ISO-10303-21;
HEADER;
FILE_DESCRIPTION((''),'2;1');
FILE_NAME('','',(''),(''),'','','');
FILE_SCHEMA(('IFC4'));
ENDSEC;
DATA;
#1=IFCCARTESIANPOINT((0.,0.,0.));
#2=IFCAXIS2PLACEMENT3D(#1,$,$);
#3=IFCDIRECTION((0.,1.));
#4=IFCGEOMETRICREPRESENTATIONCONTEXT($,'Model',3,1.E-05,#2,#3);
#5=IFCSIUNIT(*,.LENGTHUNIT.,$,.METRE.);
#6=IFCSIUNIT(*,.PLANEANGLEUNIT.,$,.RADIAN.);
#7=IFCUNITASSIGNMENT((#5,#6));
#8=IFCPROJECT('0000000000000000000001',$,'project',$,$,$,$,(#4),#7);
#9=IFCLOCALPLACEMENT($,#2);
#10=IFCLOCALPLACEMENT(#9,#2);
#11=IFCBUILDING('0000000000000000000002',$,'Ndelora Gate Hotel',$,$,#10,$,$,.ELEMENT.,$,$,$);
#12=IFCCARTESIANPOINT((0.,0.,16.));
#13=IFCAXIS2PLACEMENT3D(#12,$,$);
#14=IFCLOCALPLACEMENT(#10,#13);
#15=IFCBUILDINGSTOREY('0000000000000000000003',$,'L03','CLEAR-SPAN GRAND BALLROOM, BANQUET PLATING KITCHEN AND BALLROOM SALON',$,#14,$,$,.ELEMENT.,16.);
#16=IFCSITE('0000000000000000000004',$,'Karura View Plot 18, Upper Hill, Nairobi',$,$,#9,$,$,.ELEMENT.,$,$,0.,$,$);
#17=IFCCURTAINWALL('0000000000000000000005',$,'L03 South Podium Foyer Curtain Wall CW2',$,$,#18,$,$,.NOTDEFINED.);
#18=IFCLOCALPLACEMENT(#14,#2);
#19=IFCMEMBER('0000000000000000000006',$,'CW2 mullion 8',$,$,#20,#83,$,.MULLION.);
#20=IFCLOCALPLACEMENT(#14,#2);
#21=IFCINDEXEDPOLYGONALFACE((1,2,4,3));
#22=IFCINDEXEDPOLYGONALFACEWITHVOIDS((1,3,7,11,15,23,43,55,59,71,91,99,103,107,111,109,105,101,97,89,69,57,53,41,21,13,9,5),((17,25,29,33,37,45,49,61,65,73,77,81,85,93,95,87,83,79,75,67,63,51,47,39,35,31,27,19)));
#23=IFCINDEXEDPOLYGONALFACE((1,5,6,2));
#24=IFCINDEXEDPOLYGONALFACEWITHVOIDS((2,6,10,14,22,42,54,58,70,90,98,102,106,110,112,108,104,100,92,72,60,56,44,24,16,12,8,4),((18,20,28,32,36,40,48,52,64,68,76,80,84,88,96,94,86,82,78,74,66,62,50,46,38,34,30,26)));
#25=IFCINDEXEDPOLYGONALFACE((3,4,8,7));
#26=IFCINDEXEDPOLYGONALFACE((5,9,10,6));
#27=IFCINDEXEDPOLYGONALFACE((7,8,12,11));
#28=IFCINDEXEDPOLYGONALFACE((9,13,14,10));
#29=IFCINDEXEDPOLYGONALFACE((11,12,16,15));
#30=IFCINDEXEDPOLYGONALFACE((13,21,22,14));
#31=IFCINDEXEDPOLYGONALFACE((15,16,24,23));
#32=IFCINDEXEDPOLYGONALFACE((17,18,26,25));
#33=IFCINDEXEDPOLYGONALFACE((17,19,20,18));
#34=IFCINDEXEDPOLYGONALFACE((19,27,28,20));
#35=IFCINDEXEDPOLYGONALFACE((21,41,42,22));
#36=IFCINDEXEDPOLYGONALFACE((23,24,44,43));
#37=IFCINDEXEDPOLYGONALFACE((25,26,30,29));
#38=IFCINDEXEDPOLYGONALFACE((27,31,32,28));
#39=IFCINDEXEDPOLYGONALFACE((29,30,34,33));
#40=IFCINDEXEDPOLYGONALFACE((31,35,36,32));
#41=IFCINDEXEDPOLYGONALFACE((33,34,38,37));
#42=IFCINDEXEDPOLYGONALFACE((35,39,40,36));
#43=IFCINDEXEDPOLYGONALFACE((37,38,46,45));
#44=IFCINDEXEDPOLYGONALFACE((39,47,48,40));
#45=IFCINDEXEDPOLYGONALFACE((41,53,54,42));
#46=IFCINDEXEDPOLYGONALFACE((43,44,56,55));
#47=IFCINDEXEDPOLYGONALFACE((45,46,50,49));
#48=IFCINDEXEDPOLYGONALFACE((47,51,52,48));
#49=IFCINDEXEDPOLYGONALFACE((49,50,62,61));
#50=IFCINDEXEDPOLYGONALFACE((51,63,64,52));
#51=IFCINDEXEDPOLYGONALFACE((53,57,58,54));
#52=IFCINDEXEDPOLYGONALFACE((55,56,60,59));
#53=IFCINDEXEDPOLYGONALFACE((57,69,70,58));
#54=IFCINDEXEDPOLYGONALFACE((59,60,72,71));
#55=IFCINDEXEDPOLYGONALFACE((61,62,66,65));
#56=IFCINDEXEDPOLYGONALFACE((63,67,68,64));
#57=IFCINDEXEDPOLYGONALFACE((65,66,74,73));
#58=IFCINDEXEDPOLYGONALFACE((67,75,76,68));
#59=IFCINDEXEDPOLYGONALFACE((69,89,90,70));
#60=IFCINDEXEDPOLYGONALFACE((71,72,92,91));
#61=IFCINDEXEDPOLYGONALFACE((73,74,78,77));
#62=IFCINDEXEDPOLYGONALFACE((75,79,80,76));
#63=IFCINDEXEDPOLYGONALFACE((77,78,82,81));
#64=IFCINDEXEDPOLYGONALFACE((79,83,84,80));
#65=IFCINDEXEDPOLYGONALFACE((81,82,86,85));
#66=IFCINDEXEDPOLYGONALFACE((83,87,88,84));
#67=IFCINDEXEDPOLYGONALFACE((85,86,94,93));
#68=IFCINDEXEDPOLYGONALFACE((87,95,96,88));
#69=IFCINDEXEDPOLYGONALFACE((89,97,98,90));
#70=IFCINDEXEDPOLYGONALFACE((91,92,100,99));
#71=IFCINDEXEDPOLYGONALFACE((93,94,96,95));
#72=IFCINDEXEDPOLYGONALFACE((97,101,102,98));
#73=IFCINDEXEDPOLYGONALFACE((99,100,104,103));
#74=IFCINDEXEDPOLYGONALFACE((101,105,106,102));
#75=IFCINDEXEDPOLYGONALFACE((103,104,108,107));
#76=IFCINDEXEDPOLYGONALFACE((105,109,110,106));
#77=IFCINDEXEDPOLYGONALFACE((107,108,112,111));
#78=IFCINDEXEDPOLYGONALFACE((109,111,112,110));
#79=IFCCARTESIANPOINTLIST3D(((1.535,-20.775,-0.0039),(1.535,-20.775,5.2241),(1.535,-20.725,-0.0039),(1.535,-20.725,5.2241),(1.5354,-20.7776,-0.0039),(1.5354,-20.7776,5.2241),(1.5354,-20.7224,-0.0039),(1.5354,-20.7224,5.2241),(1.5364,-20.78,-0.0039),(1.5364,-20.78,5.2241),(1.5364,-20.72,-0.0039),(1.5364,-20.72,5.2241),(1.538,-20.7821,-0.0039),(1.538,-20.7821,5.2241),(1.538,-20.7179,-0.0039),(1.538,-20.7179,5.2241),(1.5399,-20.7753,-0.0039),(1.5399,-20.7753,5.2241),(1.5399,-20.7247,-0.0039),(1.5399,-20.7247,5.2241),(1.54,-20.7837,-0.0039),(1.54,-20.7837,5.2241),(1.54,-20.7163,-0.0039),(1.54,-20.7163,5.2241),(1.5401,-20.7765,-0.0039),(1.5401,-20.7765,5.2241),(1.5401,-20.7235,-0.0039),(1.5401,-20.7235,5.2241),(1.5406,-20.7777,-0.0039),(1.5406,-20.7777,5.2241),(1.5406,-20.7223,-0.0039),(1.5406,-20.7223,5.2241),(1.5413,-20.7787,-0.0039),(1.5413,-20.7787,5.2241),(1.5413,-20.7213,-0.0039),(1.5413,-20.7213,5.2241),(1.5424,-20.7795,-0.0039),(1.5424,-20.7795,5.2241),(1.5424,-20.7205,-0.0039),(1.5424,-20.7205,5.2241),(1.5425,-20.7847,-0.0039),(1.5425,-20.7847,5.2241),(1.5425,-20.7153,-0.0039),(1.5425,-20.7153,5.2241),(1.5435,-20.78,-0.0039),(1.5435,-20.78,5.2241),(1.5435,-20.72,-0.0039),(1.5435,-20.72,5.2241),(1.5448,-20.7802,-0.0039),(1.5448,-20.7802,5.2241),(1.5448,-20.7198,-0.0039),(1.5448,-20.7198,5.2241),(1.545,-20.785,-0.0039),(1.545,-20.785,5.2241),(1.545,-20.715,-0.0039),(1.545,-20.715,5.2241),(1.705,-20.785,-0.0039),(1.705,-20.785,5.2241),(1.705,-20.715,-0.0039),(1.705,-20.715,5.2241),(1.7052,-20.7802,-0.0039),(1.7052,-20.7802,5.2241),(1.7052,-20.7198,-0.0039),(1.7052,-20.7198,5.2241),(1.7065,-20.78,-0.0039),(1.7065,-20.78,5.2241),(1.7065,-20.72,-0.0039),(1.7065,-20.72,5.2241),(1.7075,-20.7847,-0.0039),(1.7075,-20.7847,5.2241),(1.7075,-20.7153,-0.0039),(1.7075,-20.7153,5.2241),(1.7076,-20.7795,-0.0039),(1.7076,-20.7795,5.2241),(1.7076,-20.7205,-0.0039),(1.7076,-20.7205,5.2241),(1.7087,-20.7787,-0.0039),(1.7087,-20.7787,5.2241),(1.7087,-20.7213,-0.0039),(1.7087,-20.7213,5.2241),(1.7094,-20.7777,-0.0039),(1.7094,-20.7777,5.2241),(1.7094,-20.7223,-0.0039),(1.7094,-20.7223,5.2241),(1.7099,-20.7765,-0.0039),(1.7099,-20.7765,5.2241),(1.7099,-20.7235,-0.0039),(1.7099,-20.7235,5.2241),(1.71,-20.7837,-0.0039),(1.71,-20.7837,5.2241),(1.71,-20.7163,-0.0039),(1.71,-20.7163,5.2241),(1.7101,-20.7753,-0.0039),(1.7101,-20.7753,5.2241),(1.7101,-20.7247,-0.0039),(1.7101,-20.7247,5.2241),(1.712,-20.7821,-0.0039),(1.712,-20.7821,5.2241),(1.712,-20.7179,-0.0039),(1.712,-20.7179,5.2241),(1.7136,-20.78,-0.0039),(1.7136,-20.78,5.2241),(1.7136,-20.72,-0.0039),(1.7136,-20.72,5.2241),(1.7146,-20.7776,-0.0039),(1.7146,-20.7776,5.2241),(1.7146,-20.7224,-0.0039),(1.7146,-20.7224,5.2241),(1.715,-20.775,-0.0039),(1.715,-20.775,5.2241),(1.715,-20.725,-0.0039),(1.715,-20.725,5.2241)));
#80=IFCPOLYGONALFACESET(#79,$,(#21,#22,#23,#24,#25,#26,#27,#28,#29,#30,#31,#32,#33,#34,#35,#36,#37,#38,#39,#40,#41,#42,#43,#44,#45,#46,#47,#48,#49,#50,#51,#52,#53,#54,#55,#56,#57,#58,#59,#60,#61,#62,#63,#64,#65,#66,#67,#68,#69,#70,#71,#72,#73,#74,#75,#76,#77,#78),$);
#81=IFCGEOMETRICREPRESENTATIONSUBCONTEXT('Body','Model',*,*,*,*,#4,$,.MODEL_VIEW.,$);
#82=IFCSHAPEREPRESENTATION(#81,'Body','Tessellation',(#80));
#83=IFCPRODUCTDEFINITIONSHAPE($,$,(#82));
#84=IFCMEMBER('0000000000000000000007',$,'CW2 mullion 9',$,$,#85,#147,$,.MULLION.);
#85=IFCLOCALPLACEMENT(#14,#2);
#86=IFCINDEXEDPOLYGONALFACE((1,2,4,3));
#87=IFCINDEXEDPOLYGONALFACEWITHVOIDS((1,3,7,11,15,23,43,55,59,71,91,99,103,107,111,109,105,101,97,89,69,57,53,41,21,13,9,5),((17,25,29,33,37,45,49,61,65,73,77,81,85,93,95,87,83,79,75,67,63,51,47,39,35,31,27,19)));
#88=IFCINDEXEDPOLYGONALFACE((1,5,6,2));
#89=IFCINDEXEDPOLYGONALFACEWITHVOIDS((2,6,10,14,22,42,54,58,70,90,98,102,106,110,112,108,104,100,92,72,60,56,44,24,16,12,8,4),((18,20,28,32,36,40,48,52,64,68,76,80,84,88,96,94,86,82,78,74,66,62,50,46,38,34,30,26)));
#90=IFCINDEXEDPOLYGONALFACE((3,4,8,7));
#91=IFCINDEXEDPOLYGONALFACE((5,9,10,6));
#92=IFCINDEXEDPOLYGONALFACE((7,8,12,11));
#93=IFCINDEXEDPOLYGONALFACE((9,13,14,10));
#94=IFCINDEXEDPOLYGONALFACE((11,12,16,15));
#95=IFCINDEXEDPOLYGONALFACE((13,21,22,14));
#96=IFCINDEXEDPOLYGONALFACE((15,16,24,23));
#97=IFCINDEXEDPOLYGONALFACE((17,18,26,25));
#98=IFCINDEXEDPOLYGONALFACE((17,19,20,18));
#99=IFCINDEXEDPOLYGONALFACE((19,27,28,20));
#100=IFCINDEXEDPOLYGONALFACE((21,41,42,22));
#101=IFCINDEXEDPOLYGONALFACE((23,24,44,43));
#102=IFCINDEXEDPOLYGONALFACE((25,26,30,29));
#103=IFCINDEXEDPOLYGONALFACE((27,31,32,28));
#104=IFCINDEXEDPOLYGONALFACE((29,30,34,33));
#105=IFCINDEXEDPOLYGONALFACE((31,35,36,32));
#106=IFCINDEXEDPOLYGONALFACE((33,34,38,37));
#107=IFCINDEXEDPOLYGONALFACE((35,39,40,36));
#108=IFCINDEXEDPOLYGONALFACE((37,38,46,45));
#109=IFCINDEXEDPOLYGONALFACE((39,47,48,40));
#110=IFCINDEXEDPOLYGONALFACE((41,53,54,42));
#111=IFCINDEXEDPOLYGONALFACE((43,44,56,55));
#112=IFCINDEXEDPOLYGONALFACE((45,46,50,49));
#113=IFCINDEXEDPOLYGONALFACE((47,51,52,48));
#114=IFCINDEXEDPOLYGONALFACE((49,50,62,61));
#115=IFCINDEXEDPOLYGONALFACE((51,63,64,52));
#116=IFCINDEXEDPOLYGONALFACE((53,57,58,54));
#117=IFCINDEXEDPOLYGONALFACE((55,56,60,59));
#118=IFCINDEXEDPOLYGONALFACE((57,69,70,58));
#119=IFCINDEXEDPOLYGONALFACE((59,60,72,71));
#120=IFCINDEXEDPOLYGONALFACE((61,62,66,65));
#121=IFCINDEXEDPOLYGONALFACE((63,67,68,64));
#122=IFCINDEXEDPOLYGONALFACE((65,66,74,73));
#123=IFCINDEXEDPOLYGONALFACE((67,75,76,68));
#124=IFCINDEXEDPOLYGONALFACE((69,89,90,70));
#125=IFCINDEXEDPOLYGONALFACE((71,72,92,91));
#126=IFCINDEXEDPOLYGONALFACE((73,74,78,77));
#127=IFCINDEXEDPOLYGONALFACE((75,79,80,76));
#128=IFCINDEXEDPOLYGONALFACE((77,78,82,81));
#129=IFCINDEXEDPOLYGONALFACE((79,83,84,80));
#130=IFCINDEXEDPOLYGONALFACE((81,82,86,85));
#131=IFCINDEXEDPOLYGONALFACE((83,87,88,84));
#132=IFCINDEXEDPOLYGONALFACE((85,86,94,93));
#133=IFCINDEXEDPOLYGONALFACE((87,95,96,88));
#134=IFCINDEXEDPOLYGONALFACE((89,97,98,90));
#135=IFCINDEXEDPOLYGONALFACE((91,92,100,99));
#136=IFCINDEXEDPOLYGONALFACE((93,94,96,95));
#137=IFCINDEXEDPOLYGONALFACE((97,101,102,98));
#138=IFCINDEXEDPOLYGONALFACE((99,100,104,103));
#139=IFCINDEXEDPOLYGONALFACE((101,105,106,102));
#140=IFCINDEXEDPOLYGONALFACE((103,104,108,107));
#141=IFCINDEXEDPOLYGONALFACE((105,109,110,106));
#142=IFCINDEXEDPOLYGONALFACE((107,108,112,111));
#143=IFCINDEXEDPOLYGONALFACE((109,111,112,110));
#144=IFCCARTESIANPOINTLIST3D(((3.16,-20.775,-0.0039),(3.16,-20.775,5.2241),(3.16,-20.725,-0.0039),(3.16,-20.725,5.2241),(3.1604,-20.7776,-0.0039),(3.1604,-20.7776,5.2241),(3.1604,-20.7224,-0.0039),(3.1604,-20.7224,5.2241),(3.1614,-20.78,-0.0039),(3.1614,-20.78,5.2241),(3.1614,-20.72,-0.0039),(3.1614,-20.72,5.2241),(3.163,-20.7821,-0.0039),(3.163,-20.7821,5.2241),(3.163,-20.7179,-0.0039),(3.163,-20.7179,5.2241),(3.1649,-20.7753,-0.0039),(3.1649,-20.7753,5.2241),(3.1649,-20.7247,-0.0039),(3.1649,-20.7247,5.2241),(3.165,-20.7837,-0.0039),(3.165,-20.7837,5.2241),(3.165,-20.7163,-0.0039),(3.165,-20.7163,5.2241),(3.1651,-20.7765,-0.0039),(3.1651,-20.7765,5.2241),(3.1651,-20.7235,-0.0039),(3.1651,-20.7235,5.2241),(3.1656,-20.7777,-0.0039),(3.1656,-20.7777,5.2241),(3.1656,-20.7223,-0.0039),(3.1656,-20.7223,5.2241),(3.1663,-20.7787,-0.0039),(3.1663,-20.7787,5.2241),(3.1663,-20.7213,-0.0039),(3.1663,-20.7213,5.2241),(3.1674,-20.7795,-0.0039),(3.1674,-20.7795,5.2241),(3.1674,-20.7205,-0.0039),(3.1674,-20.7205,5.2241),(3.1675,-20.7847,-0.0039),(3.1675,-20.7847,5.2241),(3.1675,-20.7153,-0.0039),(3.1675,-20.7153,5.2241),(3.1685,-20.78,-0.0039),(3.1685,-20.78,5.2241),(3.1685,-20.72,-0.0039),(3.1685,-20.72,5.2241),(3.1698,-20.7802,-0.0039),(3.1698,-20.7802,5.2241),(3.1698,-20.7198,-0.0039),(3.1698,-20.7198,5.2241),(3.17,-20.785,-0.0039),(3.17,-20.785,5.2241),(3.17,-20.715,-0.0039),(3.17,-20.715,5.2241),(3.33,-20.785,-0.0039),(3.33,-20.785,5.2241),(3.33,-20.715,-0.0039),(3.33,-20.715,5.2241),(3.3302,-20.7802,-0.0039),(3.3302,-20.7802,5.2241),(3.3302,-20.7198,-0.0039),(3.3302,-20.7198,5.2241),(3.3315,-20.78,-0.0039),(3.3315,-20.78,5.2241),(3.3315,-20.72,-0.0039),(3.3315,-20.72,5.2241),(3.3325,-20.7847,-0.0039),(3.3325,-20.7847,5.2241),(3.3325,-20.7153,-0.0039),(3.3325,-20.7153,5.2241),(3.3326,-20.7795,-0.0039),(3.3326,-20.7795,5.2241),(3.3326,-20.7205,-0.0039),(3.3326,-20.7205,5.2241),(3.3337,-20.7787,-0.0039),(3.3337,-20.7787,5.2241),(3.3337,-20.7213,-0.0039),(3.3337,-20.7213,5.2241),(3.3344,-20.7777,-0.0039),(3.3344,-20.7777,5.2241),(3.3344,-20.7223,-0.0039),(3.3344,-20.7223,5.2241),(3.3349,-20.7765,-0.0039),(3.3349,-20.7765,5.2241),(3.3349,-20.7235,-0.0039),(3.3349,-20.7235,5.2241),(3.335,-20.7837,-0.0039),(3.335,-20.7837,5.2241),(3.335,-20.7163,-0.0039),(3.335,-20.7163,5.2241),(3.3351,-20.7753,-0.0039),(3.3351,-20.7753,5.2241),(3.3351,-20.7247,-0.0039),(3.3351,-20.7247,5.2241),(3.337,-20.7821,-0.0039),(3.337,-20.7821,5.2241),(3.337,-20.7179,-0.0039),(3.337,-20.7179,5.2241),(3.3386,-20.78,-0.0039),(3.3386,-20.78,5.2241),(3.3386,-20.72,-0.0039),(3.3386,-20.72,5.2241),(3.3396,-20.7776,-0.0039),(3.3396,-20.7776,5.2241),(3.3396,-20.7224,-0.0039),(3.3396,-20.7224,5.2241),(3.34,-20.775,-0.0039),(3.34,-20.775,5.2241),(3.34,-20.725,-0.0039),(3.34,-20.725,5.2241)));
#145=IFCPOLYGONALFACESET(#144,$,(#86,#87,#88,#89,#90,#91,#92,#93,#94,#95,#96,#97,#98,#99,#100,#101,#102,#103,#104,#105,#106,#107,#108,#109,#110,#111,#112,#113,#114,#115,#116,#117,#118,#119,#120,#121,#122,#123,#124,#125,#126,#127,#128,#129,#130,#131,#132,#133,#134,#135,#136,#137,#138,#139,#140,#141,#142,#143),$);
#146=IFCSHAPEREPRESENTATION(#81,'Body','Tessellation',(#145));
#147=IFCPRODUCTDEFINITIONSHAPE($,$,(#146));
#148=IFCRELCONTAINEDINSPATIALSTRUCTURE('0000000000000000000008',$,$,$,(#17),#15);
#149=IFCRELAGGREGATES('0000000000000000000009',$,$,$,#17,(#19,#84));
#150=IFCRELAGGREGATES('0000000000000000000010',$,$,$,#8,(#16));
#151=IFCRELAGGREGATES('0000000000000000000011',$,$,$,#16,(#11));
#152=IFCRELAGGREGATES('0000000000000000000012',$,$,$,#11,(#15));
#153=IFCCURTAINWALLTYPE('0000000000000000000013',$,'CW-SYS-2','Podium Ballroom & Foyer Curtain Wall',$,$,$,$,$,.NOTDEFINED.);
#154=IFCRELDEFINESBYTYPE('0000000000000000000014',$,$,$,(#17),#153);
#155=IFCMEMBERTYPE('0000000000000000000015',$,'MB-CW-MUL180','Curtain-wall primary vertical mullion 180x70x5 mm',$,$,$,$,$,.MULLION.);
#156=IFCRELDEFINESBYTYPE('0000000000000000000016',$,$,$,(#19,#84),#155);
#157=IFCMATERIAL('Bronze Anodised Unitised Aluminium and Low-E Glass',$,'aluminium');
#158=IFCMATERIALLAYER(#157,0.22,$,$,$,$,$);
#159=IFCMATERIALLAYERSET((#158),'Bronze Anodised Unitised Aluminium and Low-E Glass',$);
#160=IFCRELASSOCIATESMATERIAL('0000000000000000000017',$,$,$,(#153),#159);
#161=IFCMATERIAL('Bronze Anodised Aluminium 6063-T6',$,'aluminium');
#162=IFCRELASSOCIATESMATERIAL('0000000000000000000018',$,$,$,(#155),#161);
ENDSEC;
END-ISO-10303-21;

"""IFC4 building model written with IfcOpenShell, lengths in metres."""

from ifc_helpers import new_model, si_unit, direction, frame, origin, origin_2d, place, context, subcontext, project, spatial, hollow_rectangle, extrude, material, layer, layer_set, material_profile, profile_set, type_object, element, aggregate, save


model = new_model("IFC4")

# Units and contexts
model_context = context("Model", 3, precision=1e-05, world=origin(), true_north=direction((0.0, 1.0)))
body_context = subcontext(model_context, "Body", "Model", "MODEL_VIEW")
ifc_project = project(units=[si_unit("LENGTHUNIT", "METRE"), si_unit("PLANEANGLEUNIT", "RADIAN")], contexts=[model_context])

# Site, building, storey
site_placement = place(None, origin())
site = spatial("IfcSite", under=ifc_project, at=site_placement, Name="Karura View Plot 18, Upper Hill, Nairobi", CompositionType="ELEMENT", RefElevation=0.0)
building_placement = place(site_placement, origin())
building = spatial("IfcBuilding", under=site, at=building_placement, Name="Ndelora Gate Hotel", CompositionType="ELEMENT")
storey_placement = place(building_placement, frame((0.0, 0.0, 16.0)))
storey = spatial("IfcBuildingStorey", under=building, at=storey_placement, Name="L03", Description="CLEAR-SPAN GRAND BALLROOM, BANQUET PLATING KITCHEN AND BALLROOM SALON", CompositionType="ELEMENT", Elevation=16.0)

# Curtain wall, members
ifc_material_1 = material(Name="Bronze Anodised Unitised Aluminium and Low-E Glass", Category="aluminium")
ifc_layer_1 = layer(ifc_material_1, 0.22)
ifc_layer_set_1 = layer_set([ifc_layer_1], Name="Bronze Anodised Unitised Aluminium and Low-E Glass")
curtain_wall_type = type_object("IfcCurtainWallType", Name="CW-SYS-2", Description="Podium Ballroom & Foyer Curtain Wall", PredefinedType="NOTDEFINED", material=ifc_layer_set_1)
curtain_wall_placement = place(storey_placement, origin())
curtain_wall = element("IfcCurtainWall", 1, at=curtain_wall_placement, inside=storey, type_object=curtain_wall_type, Name="L03 South Podium Foyer Curtain Wall CW2", PredefinedType="NOTDEFINED")
ifc_material_2 = material(Name="Bronze Anodised Aluminium 6063-T6", Category="aluminium")
ifc_material_profile_1 = material_profile(ifc_material_2, hollow_rectangle(XDim=0.0701, YDim=0.1799, WallThickness=0.0049, InnerFilletRadius=0.0049, OuterFilletRadius=0.01, at=origin_2d()), Name="ALU 180x70x5")
ifc_profile_set_1 = profile_set([ifc_material_profile_1], Name="Bronze Anodised Aluminium 6063-T6")
member_type_1 = type_object("IfcMemberType", Name="MB-CW-MUL180", Description="Curtain-wall primary vertical mullion 180x70x5 mm", PredefinedType="MULLION", material=ifc_profile_set_1)
member_1_placement = place(storey_placement, frame((1.625, -20.75, -0.0039), z_axis=(0.0, 0.0, 1.0), x_axis=(0.0, 1.0, 0.0)))
member_1 = element("IfcMember", 2, at=member_1_placement, type_object=member_type_1, Name="CW2 mullion 8", PredefinedType="MULLION", context=body_context, shape_type="SweptSolid", body=[
    extrude(hollow_rectangle(XDim=0.0701, YDim=0.1799, WallThickness=0.0049, InnerFilletRadius=0.0049, OuterFilletRadius=0.01, at=origin_2d()), origin(), (0.0, 0.0, 1.0), 5.228),
])
member_2_placement = place(storey_placement, frame((3.25, -20.75, -0.0039), z_axis=(0.0, 0.0, 1.0), x_axis=(0.0, 1.0, 0.0)))
member_2 = element("IfcMember", 3, at=member_2_placement, type_object=member_type_1, Name="CW2 mullion 9", PredefinedType="MULLION", context=body_context, shape_type="SweptSolid", body=[
    extrude(hollow_rectangle(XDim=0.0701, YDim=0.1799, WallThickness=0.0049, InnerFilletRadius=0.0049, OuterFilletRadius=0.01, at=origin_2d()), origin(), (0.0, 0.0, 1.0), 5.228),
])
aggregate(curtain_wall, [member_1, member_2])

save(model, "model.ifc")
